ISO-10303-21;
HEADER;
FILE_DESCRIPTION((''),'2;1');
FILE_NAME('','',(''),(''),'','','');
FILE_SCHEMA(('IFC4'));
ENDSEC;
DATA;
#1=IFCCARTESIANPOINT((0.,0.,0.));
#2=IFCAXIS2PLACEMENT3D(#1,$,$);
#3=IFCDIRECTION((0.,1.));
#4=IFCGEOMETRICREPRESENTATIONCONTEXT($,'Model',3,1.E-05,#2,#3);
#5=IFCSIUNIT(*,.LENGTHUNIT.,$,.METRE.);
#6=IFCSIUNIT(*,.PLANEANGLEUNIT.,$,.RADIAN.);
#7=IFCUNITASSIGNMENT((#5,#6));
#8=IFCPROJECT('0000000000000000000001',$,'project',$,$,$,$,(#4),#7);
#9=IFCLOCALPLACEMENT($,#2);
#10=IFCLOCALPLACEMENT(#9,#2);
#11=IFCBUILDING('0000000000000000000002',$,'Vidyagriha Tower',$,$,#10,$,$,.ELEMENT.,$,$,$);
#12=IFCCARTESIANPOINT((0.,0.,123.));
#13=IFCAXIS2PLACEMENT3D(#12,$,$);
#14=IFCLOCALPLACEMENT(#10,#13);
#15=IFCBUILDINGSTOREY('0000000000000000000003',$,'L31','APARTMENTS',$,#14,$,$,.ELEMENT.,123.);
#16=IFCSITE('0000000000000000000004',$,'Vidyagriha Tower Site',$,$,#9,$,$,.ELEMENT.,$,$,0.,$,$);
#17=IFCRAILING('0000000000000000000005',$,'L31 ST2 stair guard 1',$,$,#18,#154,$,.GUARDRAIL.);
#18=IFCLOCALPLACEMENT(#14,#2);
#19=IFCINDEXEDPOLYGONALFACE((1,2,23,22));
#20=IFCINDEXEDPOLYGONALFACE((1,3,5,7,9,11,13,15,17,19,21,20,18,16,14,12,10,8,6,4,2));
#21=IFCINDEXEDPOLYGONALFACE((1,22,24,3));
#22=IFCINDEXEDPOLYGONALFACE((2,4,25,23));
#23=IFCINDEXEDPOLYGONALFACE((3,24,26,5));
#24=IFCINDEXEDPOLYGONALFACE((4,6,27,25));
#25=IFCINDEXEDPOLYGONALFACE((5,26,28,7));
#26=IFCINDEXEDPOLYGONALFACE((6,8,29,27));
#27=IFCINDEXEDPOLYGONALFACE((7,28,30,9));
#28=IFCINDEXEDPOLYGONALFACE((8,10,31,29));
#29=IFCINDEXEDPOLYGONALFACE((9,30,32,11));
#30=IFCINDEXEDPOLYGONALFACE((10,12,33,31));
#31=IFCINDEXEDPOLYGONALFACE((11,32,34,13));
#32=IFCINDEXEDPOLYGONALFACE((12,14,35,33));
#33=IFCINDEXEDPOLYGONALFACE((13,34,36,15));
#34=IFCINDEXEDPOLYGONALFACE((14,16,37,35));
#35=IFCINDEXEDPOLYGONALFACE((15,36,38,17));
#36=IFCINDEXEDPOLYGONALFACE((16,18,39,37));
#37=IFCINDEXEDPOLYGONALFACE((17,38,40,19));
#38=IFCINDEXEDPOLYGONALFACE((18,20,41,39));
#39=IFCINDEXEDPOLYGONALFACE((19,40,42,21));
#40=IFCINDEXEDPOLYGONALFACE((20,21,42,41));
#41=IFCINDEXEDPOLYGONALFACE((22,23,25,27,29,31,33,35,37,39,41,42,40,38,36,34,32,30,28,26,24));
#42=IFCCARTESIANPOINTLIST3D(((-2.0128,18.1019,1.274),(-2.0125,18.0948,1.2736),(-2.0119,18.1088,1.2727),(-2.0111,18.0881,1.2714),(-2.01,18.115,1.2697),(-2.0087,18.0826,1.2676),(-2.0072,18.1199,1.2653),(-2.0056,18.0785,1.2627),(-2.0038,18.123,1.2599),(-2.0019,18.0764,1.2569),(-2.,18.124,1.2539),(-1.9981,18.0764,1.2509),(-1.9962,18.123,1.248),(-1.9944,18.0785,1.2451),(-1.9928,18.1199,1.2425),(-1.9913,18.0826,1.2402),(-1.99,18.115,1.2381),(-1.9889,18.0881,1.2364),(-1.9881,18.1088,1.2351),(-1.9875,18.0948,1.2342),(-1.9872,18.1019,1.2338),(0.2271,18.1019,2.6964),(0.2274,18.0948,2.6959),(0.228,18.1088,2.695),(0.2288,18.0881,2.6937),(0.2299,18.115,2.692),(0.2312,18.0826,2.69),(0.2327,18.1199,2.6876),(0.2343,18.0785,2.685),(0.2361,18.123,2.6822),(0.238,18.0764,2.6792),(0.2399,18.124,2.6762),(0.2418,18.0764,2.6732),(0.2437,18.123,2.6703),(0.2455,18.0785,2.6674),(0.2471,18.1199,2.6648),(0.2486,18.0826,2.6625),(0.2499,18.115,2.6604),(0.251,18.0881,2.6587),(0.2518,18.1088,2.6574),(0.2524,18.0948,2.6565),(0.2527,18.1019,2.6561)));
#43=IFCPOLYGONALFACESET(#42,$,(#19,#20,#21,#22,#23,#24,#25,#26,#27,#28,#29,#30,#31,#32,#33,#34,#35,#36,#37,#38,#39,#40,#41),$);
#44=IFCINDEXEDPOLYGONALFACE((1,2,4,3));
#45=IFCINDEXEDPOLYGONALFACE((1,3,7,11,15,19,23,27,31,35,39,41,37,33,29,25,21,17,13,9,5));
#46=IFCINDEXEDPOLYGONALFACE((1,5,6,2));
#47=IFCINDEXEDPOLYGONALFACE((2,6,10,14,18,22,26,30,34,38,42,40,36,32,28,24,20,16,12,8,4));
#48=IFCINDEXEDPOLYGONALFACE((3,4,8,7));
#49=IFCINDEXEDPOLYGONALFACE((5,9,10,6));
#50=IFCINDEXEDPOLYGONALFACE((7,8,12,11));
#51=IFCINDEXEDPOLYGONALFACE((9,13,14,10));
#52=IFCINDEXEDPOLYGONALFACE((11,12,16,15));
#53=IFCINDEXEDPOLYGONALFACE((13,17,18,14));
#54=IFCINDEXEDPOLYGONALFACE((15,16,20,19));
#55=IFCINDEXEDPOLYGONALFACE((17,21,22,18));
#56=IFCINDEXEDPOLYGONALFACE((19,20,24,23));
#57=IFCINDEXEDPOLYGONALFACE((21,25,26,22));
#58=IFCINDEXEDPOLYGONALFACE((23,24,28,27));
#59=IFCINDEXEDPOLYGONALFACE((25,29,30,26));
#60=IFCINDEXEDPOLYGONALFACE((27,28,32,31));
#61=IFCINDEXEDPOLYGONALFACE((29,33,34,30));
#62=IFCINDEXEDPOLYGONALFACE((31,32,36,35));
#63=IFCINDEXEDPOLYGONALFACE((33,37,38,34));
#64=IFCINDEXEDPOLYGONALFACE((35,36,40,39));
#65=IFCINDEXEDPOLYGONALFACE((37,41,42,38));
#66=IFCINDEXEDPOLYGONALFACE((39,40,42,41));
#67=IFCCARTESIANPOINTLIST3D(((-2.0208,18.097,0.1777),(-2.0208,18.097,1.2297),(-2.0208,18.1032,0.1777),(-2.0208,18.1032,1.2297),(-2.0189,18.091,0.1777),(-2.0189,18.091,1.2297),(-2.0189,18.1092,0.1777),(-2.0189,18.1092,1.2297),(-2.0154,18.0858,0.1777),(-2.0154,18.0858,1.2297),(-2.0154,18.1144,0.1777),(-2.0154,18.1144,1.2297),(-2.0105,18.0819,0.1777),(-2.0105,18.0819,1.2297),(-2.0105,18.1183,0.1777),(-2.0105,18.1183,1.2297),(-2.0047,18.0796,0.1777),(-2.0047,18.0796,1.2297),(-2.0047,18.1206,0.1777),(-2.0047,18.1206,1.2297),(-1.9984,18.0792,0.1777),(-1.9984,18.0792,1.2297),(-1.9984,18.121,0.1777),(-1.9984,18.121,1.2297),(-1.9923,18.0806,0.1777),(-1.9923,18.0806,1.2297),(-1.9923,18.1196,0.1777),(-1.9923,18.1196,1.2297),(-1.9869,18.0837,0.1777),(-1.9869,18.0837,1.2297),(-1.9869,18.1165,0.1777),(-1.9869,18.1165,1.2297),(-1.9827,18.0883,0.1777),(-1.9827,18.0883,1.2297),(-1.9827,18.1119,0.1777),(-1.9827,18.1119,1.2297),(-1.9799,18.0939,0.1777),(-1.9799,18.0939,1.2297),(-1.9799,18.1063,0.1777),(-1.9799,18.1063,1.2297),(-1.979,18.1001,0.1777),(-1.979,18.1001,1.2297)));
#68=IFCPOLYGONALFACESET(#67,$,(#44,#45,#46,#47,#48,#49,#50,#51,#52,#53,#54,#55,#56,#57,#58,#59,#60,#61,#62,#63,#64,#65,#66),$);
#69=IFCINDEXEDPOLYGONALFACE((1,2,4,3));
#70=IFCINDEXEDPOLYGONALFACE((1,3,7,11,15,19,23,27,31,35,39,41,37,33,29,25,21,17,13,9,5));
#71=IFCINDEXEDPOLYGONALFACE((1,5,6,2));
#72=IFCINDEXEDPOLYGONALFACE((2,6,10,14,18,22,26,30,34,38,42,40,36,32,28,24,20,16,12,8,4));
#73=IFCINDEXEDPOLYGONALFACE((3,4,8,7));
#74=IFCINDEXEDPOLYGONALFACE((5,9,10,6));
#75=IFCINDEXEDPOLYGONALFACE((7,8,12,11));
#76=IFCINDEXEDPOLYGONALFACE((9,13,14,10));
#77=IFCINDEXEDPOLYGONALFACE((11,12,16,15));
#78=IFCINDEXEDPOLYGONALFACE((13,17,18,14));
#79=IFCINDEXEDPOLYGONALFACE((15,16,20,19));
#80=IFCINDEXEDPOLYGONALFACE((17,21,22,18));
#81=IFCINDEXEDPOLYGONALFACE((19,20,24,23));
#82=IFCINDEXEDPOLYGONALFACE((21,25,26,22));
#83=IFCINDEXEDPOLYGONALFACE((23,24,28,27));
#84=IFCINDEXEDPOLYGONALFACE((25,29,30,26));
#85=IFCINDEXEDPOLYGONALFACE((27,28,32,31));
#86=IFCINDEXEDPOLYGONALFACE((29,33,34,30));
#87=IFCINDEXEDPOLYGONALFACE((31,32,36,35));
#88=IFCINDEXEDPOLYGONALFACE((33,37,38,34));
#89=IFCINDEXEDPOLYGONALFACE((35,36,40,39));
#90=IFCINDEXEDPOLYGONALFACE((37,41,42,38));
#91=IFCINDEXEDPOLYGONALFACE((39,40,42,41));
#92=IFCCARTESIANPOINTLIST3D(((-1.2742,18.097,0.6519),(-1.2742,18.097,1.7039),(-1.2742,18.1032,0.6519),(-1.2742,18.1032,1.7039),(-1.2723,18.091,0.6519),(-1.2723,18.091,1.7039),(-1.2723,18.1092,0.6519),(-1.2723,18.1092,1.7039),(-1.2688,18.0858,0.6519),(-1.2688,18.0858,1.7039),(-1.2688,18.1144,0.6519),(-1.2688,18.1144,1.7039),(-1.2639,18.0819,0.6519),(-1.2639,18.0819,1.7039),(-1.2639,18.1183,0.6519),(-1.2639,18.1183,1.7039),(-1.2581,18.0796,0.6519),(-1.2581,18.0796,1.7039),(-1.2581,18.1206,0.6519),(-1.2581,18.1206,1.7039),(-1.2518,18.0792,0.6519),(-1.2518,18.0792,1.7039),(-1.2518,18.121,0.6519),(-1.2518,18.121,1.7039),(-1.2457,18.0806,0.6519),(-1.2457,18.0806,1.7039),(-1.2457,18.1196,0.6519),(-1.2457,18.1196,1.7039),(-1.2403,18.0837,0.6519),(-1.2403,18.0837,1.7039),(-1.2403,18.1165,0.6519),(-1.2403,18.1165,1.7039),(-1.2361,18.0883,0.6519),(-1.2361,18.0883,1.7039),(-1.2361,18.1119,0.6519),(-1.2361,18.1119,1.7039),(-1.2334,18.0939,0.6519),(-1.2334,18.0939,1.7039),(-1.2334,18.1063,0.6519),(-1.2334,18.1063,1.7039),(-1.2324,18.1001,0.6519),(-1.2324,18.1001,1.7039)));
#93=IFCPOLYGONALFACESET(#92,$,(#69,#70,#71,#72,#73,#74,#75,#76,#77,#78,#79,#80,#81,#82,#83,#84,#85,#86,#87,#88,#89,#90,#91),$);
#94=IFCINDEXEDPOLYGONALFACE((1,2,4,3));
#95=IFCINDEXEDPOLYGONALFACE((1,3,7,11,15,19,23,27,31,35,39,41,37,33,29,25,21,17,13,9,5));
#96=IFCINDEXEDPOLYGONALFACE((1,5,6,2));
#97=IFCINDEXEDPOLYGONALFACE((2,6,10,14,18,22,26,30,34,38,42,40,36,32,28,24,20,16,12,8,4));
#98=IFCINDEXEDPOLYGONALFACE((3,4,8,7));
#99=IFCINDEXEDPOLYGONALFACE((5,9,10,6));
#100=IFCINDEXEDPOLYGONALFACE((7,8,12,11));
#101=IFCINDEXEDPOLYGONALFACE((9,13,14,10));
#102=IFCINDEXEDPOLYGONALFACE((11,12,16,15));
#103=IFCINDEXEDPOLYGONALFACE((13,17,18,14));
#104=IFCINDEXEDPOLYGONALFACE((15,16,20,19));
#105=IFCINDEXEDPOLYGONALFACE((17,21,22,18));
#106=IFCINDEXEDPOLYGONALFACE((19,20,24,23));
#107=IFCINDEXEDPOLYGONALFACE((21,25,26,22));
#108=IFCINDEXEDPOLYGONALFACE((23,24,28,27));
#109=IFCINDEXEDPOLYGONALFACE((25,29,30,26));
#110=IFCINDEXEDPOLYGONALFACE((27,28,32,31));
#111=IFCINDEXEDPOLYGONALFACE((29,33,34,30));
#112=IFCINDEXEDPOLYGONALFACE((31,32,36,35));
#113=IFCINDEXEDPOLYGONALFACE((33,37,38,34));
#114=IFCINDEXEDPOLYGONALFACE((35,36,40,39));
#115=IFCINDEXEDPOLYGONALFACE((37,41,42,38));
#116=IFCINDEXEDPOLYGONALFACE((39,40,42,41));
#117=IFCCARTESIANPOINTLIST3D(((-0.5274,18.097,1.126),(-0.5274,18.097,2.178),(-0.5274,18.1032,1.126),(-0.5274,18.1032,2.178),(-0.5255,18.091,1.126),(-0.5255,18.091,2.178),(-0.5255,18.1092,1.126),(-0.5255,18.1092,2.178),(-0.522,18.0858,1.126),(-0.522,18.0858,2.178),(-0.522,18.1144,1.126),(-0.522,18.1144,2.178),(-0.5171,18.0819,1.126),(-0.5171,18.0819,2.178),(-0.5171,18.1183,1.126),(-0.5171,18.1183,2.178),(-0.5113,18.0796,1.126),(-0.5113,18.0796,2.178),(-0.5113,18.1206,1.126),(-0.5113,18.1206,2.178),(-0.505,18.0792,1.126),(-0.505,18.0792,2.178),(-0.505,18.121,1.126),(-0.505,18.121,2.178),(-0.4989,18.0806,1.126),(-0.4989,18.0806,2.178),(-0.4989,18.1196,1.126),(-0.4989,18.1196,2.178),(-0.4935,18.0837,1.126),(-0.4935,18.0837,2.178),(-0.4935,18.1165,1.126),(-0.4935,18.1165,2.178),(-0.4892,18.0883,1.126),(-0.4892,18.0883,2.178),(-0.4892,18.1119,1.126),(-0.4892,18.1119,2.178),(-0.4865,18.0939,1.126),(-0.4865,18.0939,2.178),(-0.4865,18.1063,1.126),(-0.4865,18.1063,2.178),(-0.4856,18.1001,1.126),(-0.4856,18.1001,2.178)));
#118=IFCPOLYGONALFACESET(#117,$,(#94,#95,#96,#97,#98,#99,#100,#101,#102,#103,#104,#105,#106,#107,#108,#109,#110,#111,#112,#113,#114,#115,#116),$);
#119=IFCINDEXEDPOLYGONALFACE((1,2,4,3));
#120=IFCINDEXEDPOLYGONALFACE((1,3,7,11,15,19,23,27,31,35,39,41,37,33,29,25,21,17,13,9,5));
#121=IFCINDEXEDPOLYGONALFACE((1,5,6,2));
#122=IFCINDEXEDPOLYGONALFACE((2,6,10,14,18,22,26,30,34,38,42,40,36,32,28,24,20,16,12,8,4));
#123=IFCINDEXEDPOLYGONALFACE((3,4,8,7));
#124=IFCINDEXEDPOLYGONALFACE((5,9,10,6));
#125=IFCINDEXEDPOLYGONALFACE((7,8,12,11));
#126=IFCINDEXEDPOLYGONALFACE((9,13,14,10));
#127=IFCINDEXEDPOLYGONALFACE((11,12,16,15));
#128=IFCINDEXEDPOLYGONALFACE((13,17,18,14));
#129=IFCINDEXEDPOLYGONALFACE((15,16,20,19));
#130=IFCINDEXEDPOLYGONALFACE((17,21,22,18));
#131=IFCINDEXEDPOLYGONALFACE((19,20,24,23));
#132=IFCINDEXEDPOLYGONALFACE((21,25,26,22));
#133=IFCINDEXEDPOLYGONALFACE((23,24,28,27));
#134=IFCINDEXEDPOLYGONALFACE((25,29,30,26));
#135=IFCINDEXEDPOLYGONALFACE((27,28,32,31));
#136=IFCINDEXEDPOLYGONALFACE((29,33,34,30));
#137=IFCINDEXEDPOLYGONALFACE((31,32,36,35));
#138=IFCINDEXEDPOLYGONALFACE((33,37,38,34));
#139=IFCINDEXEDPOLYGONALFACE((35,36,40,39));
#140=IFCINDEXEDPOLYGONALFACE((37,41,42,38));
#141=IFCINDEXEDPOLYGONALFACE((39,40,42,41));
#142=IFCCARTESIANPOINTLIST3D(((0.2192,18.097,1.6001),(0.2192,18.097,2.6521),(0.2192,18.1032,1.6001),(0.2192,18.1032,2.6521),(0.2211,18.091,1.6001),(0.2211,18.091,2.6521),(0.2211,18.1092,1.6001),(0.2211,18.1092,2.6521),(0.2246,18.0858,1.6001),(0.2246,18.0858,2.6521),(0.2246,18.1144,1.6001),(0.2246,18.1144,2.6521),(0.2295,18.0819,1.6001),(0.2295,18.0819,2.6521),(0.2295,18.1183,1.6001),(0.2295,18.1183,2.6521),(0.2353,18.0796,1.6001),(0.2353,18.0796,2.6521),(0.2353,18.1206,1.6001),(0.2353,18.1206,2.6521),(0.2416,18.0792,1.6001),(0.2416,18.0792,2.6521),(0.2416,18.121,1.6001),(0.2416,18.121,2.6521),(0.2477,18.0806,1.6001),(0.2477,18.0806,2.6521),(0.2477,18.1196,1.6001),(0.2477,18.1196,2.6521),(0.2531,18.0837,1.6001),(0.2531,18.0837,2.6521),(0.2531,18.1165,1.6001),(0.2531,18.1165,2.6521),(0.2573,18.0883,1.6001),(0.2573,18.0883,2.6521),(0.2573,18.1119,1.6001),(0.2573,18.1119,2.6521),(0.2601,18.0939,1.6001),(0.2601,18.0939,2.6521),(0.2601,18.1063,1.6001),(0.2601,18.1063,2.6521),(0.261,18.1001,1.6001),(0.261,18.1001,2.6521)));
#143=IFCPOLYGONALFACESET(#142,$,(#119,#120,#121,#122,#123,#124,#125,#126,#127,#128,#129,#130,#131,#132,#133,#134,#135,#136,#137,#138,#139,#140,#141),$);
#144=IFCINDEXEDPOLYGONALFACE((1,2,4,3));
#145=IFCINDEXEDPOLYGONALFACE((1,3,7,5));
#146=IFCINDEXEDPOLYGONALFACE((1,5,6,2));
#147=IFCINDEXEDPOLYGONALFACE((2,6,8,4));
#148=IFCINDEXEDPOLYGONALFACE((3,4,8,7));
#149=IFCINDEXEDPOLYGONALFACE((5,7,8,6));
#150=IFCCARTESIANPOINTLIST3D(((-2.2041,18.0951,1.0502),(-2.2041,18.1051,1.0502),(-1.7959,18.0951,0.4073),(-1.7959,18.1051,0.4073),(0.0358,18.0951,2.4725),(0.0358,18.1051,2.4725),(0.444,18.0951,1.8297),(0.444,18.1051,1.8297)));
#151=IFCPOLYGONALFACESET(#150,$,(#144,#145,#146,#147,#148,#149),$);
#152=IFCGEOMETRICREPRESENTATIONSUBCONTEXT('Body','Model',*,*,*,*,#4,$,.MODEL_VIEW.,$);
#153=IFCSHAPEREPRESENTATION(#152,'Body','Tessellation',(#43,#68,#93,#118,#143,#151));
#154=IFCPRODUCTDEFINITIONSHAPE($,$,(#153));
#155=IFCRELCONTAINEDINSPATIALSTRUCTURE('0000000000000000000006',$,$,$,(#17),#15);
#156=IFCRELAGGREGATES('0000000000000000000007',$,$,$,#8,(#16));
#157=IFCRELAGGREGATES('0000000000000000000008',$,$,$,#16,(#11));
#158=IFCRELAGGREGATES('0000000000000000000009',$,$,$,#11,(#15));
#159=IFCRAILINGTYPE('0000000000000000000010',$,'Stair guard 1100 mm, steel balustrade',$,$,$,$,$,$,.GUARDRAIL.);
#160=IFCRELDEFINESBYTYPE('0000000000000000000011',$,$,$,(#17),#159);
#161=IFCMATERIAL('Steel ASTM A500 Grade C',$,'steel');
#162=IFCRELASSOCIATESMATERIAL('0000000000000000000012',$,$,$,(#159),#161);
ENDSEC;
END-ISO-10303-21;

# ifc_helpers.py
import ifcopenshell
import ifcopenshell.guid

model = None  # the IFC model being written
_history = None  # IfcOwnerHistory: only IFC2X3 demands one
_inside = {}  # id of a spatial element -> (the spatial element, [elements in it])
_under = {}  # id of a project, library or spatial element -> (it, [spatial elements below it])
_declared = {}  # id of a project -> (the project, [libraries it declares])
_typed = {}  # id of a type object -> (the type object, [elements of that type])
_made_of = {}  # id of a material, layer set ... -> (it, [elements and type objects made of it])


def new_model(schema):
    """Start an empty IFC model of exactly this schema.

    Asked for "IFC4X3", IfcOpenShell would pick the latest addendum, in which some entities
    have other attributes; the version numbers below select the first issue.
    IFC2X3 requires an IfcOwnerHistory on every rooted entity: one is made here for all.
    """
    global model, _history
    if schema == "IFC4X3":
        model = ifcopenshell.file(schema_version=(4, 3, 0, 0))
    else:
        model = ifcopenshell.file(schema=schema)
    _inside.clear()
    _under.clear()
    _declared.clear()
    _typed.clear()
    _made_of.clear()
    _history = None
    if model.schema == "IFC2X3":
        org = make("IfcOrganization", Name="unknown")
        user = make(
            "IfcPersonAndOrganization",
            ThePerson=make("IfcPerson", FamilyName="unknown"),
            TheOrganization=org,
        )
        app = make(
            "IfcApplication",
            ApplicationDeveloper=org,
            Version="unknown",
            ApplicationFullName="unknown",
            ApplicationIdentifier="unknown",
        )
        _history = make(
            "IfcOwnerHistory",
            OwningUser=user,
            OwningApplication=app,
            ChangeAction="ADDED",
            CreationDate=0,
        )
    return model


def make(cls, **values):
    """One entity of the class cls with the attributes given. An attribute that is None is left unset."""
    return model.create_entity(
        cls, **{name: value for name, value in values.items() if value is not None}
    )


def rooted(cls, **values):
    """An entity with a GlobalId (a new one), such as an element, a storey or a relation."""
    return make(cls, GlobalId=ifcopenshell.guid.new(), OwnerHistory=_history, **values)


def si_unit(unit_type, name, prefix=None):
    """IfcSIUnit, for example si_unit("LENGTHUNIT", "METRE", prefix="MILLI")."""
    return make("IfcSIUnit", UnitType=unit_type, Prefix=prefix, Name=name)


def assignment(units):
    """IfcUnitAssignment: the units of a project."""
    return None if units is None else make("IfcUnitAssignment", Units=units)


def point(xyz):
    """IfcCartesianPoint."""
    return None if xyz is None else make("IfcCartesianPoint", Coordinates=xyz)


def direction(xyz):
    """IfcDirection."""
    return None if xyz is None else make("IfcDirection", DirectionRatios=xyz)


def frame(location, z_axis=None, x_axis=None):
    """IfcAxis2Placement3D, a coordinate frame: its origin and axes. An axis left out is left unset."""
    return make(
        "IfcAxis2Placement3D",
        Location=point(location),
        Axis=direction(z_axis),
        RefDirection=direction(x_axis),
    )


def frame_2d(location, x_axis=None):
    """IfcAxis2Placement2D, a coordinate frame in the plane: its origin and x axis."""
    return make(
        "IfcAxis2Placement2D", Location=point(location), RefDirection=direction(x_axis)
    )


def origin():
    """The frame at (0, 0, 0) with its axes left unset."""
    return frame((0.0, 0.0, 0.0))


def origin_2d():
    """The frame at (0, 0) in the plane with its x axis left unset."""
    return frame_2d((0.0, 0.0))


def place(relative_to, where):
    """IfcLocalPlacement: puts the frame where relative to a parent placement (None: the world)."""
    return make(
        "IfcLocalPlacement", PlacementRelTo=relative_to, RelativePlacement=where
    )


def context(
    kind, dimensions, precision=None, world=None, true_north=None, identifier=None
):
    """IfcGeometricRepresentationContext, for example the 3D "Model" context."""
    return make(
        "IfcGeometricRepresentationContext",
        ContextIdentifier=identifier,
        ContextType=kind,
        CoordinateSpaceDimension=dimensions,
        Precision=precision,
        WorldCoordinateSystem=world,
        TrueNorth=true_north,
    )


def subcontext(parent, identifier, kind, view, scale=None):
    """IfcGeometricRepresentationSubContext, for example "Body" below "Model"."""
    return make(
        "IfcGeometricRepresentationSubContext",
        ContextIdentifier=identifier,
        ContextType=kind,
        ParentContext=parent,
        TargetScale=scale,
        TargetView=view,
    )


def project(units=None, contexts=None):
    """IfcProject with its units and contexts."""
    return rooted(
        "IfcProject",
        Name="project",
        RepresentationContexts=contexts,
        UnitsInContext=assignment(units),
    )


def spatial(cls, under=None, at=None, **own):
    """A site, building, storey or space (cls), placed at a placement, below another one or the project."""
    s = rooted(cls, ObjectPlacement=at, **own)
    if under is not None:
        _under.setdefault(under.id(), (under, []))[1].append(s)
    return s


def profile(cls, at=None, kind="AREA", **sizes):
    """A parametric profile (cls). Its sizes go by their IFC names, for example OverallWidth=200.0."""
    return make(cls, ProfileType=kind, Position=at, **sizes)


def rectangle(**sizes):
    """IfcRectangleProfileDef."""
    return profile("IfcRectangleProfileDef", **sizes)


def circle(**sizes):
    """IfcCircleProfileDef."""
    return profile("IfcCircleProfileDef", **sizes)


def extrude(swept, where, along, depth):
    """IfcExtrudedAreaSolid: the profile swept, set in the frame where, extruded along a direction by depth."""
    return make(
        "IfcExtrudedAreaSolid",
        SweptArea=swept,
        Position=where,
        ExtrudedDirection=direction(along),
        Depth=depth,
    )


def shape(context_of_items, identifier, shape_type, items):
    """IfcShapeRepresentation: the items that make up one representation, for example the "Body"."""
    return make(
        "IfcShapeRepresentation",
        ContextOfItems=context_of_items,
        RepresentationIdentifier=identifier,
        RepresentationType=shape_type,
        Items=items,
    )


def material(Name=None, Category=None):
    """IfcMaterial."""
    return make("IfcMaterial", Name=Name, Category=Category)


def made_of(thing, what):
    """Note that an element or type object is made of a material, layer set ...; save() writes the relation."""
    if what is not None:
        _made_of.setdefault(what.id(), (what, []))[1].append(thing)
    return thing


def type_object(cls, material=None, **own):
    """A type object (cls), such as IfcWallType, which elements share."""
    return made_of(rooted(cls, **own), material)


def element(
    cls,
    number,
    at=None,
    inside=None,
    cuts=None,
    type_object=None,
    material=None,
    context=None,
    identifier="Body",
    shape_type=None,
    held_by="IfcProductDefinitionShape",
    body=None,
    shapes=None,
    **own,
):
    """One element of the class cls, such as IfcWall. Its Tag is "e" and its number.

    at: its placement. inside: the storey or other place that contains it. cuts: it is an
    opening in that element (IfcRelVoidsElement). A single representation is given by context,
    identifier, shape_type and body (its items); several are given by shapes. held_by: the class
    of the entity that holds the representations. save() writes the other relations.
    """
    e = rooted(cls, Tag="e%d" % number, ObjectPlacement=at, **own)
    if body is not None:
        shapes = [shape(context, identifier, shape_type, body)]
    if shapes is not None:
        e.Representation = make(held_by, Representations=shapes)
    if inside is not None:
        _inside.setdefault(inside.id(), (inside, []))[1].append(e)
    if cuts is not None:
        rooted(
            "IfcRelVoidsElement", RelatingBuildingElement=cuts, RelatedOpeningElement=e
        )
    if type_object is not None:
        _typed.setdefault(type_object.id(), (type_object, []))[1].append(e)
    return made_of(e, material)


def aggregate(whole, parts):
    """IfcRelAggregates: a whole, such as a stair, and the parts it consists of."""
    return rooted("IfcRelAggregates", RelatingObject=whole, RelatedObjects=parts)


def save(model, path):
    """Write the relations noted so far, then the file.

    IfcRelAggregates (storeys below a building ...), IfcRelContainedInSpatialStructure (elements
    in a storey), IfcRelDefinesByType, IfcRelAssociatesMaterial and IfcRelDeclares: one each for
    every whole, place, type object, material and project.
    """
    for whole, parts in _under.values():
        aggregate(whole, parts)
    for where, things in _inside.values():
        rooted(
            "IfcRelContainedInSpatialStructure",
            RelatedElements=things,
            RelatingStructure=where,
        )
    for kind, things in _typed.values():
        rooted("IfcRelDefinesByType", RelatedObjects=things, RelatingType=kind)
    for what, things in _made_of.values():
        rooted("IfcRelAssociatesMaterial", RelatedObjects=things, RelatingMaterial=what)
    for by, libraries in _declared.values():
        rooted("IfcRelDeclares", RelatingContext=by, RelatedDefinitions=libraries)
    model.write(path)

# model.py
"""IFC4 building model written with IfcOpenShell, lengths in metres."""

from ifc_helpers import new_model, si_unit, direction, frame, origin, origin_2d, place, context, subcontext, project, spatial, rectangle, circle, extrude, material, type_object, element, save


model = new_model("IFC4")

# Units and contexts
model_context = context("Model", 3, precision=1e-05, world=origin(), true_north=direction((0.0, 1.0)))
body_context = subcontext(model_context, "Body", "Model", "MODEL_VIEW")
ifc_project = project(units=[si_unit("LENGTHUNIT", "METRE"), si_unit("PLANEANGLEUNIT", "RADIAN")], contexts=[model_context])

# Site, building, storey
site_placement = place(None, origin())
site = spatial("IfcSite", under=ifc_project, at=site_placement, Name="Vidyagriha Tower Site", CompositionType="ELEMENT", RefElevation=0.0)
building_placement = place(site_placement, origin())
building = spatial("IfcBuilding", under=site, at=building_placement, Name="Vidyagriha Tower", CompositionType="ELEMENT")
storey_placement = place(building_placement, frame((0.0, 0.0, 123.0)))
storey = spatial("IfcBuildingStorey", under=building, at=storey_placement, Name="L31", Description="APARTMENTS", CompositionType="ELEMENT", Elevation=123.0)

# Railing
ifc_material_1 = material(Name="Steel ASTM A500 Grade C", Category="steel")
railing_type_1 = type_object("IfcRailingType", Name="Stair guard 1100 mm, steel balustrade", PredefinedType="GUARDRAIL", material=ifc_material_1)
railing_1_placement = place(storey_placement, frame((-2.0, 18.1001, 0.1777)))
element("IfcRailing", 1, at=railing_1_placement, inside=storey, type_object=railing_type_1, Name="L31 ST2 stair guard 1", PredefinedType="GUARDRAIL", context=body_context, shape_type="SweptSolid", body=[
    extrude(circle(Radius=0.0239, at=origin_2d()), frame((0.0, 0.0, 1.0762), z_axis=(0.844188, 0.0, 0.536048), x_axis=(0.0, 1.0, 0.0)), (0.0, 0.0, 1.0), 2.6533),
    extrude(circle(Radius=0.021, at=origin_2d()), origin(), (0.0, 0.0, 1.0), 1.052),
    extrude(circle(Radius=0.021, at=origin_2d()), frame((0.7466, 0.0, 0.4741)), (0.0, 0.0, 1.0), 1.052),
    extrude(circle(Radius=0.021, at=origin_2d()), frame((1.4934, 0.0, 0.9482)), (0.0, 0.0, 1.0), 1.052),
    extrude(circle(Radius=0.021, at=origin_2d()), frame((2.24, 0.0, 1.4224)), (0.0, 0.0, 1.0), 1.052),
    extrude(rectangle(XDim=0.01, YDim=0.7615, at=origin_2d()), frame((0.0, 0.0, 0.551), z_axis=(0.844188, 0.0, 0.536048), x_axis=(0.0, 1.0, 0.0)), (0.0, 0.0, 1.0), 2.6533),
])

save(model, "model.ifc")
